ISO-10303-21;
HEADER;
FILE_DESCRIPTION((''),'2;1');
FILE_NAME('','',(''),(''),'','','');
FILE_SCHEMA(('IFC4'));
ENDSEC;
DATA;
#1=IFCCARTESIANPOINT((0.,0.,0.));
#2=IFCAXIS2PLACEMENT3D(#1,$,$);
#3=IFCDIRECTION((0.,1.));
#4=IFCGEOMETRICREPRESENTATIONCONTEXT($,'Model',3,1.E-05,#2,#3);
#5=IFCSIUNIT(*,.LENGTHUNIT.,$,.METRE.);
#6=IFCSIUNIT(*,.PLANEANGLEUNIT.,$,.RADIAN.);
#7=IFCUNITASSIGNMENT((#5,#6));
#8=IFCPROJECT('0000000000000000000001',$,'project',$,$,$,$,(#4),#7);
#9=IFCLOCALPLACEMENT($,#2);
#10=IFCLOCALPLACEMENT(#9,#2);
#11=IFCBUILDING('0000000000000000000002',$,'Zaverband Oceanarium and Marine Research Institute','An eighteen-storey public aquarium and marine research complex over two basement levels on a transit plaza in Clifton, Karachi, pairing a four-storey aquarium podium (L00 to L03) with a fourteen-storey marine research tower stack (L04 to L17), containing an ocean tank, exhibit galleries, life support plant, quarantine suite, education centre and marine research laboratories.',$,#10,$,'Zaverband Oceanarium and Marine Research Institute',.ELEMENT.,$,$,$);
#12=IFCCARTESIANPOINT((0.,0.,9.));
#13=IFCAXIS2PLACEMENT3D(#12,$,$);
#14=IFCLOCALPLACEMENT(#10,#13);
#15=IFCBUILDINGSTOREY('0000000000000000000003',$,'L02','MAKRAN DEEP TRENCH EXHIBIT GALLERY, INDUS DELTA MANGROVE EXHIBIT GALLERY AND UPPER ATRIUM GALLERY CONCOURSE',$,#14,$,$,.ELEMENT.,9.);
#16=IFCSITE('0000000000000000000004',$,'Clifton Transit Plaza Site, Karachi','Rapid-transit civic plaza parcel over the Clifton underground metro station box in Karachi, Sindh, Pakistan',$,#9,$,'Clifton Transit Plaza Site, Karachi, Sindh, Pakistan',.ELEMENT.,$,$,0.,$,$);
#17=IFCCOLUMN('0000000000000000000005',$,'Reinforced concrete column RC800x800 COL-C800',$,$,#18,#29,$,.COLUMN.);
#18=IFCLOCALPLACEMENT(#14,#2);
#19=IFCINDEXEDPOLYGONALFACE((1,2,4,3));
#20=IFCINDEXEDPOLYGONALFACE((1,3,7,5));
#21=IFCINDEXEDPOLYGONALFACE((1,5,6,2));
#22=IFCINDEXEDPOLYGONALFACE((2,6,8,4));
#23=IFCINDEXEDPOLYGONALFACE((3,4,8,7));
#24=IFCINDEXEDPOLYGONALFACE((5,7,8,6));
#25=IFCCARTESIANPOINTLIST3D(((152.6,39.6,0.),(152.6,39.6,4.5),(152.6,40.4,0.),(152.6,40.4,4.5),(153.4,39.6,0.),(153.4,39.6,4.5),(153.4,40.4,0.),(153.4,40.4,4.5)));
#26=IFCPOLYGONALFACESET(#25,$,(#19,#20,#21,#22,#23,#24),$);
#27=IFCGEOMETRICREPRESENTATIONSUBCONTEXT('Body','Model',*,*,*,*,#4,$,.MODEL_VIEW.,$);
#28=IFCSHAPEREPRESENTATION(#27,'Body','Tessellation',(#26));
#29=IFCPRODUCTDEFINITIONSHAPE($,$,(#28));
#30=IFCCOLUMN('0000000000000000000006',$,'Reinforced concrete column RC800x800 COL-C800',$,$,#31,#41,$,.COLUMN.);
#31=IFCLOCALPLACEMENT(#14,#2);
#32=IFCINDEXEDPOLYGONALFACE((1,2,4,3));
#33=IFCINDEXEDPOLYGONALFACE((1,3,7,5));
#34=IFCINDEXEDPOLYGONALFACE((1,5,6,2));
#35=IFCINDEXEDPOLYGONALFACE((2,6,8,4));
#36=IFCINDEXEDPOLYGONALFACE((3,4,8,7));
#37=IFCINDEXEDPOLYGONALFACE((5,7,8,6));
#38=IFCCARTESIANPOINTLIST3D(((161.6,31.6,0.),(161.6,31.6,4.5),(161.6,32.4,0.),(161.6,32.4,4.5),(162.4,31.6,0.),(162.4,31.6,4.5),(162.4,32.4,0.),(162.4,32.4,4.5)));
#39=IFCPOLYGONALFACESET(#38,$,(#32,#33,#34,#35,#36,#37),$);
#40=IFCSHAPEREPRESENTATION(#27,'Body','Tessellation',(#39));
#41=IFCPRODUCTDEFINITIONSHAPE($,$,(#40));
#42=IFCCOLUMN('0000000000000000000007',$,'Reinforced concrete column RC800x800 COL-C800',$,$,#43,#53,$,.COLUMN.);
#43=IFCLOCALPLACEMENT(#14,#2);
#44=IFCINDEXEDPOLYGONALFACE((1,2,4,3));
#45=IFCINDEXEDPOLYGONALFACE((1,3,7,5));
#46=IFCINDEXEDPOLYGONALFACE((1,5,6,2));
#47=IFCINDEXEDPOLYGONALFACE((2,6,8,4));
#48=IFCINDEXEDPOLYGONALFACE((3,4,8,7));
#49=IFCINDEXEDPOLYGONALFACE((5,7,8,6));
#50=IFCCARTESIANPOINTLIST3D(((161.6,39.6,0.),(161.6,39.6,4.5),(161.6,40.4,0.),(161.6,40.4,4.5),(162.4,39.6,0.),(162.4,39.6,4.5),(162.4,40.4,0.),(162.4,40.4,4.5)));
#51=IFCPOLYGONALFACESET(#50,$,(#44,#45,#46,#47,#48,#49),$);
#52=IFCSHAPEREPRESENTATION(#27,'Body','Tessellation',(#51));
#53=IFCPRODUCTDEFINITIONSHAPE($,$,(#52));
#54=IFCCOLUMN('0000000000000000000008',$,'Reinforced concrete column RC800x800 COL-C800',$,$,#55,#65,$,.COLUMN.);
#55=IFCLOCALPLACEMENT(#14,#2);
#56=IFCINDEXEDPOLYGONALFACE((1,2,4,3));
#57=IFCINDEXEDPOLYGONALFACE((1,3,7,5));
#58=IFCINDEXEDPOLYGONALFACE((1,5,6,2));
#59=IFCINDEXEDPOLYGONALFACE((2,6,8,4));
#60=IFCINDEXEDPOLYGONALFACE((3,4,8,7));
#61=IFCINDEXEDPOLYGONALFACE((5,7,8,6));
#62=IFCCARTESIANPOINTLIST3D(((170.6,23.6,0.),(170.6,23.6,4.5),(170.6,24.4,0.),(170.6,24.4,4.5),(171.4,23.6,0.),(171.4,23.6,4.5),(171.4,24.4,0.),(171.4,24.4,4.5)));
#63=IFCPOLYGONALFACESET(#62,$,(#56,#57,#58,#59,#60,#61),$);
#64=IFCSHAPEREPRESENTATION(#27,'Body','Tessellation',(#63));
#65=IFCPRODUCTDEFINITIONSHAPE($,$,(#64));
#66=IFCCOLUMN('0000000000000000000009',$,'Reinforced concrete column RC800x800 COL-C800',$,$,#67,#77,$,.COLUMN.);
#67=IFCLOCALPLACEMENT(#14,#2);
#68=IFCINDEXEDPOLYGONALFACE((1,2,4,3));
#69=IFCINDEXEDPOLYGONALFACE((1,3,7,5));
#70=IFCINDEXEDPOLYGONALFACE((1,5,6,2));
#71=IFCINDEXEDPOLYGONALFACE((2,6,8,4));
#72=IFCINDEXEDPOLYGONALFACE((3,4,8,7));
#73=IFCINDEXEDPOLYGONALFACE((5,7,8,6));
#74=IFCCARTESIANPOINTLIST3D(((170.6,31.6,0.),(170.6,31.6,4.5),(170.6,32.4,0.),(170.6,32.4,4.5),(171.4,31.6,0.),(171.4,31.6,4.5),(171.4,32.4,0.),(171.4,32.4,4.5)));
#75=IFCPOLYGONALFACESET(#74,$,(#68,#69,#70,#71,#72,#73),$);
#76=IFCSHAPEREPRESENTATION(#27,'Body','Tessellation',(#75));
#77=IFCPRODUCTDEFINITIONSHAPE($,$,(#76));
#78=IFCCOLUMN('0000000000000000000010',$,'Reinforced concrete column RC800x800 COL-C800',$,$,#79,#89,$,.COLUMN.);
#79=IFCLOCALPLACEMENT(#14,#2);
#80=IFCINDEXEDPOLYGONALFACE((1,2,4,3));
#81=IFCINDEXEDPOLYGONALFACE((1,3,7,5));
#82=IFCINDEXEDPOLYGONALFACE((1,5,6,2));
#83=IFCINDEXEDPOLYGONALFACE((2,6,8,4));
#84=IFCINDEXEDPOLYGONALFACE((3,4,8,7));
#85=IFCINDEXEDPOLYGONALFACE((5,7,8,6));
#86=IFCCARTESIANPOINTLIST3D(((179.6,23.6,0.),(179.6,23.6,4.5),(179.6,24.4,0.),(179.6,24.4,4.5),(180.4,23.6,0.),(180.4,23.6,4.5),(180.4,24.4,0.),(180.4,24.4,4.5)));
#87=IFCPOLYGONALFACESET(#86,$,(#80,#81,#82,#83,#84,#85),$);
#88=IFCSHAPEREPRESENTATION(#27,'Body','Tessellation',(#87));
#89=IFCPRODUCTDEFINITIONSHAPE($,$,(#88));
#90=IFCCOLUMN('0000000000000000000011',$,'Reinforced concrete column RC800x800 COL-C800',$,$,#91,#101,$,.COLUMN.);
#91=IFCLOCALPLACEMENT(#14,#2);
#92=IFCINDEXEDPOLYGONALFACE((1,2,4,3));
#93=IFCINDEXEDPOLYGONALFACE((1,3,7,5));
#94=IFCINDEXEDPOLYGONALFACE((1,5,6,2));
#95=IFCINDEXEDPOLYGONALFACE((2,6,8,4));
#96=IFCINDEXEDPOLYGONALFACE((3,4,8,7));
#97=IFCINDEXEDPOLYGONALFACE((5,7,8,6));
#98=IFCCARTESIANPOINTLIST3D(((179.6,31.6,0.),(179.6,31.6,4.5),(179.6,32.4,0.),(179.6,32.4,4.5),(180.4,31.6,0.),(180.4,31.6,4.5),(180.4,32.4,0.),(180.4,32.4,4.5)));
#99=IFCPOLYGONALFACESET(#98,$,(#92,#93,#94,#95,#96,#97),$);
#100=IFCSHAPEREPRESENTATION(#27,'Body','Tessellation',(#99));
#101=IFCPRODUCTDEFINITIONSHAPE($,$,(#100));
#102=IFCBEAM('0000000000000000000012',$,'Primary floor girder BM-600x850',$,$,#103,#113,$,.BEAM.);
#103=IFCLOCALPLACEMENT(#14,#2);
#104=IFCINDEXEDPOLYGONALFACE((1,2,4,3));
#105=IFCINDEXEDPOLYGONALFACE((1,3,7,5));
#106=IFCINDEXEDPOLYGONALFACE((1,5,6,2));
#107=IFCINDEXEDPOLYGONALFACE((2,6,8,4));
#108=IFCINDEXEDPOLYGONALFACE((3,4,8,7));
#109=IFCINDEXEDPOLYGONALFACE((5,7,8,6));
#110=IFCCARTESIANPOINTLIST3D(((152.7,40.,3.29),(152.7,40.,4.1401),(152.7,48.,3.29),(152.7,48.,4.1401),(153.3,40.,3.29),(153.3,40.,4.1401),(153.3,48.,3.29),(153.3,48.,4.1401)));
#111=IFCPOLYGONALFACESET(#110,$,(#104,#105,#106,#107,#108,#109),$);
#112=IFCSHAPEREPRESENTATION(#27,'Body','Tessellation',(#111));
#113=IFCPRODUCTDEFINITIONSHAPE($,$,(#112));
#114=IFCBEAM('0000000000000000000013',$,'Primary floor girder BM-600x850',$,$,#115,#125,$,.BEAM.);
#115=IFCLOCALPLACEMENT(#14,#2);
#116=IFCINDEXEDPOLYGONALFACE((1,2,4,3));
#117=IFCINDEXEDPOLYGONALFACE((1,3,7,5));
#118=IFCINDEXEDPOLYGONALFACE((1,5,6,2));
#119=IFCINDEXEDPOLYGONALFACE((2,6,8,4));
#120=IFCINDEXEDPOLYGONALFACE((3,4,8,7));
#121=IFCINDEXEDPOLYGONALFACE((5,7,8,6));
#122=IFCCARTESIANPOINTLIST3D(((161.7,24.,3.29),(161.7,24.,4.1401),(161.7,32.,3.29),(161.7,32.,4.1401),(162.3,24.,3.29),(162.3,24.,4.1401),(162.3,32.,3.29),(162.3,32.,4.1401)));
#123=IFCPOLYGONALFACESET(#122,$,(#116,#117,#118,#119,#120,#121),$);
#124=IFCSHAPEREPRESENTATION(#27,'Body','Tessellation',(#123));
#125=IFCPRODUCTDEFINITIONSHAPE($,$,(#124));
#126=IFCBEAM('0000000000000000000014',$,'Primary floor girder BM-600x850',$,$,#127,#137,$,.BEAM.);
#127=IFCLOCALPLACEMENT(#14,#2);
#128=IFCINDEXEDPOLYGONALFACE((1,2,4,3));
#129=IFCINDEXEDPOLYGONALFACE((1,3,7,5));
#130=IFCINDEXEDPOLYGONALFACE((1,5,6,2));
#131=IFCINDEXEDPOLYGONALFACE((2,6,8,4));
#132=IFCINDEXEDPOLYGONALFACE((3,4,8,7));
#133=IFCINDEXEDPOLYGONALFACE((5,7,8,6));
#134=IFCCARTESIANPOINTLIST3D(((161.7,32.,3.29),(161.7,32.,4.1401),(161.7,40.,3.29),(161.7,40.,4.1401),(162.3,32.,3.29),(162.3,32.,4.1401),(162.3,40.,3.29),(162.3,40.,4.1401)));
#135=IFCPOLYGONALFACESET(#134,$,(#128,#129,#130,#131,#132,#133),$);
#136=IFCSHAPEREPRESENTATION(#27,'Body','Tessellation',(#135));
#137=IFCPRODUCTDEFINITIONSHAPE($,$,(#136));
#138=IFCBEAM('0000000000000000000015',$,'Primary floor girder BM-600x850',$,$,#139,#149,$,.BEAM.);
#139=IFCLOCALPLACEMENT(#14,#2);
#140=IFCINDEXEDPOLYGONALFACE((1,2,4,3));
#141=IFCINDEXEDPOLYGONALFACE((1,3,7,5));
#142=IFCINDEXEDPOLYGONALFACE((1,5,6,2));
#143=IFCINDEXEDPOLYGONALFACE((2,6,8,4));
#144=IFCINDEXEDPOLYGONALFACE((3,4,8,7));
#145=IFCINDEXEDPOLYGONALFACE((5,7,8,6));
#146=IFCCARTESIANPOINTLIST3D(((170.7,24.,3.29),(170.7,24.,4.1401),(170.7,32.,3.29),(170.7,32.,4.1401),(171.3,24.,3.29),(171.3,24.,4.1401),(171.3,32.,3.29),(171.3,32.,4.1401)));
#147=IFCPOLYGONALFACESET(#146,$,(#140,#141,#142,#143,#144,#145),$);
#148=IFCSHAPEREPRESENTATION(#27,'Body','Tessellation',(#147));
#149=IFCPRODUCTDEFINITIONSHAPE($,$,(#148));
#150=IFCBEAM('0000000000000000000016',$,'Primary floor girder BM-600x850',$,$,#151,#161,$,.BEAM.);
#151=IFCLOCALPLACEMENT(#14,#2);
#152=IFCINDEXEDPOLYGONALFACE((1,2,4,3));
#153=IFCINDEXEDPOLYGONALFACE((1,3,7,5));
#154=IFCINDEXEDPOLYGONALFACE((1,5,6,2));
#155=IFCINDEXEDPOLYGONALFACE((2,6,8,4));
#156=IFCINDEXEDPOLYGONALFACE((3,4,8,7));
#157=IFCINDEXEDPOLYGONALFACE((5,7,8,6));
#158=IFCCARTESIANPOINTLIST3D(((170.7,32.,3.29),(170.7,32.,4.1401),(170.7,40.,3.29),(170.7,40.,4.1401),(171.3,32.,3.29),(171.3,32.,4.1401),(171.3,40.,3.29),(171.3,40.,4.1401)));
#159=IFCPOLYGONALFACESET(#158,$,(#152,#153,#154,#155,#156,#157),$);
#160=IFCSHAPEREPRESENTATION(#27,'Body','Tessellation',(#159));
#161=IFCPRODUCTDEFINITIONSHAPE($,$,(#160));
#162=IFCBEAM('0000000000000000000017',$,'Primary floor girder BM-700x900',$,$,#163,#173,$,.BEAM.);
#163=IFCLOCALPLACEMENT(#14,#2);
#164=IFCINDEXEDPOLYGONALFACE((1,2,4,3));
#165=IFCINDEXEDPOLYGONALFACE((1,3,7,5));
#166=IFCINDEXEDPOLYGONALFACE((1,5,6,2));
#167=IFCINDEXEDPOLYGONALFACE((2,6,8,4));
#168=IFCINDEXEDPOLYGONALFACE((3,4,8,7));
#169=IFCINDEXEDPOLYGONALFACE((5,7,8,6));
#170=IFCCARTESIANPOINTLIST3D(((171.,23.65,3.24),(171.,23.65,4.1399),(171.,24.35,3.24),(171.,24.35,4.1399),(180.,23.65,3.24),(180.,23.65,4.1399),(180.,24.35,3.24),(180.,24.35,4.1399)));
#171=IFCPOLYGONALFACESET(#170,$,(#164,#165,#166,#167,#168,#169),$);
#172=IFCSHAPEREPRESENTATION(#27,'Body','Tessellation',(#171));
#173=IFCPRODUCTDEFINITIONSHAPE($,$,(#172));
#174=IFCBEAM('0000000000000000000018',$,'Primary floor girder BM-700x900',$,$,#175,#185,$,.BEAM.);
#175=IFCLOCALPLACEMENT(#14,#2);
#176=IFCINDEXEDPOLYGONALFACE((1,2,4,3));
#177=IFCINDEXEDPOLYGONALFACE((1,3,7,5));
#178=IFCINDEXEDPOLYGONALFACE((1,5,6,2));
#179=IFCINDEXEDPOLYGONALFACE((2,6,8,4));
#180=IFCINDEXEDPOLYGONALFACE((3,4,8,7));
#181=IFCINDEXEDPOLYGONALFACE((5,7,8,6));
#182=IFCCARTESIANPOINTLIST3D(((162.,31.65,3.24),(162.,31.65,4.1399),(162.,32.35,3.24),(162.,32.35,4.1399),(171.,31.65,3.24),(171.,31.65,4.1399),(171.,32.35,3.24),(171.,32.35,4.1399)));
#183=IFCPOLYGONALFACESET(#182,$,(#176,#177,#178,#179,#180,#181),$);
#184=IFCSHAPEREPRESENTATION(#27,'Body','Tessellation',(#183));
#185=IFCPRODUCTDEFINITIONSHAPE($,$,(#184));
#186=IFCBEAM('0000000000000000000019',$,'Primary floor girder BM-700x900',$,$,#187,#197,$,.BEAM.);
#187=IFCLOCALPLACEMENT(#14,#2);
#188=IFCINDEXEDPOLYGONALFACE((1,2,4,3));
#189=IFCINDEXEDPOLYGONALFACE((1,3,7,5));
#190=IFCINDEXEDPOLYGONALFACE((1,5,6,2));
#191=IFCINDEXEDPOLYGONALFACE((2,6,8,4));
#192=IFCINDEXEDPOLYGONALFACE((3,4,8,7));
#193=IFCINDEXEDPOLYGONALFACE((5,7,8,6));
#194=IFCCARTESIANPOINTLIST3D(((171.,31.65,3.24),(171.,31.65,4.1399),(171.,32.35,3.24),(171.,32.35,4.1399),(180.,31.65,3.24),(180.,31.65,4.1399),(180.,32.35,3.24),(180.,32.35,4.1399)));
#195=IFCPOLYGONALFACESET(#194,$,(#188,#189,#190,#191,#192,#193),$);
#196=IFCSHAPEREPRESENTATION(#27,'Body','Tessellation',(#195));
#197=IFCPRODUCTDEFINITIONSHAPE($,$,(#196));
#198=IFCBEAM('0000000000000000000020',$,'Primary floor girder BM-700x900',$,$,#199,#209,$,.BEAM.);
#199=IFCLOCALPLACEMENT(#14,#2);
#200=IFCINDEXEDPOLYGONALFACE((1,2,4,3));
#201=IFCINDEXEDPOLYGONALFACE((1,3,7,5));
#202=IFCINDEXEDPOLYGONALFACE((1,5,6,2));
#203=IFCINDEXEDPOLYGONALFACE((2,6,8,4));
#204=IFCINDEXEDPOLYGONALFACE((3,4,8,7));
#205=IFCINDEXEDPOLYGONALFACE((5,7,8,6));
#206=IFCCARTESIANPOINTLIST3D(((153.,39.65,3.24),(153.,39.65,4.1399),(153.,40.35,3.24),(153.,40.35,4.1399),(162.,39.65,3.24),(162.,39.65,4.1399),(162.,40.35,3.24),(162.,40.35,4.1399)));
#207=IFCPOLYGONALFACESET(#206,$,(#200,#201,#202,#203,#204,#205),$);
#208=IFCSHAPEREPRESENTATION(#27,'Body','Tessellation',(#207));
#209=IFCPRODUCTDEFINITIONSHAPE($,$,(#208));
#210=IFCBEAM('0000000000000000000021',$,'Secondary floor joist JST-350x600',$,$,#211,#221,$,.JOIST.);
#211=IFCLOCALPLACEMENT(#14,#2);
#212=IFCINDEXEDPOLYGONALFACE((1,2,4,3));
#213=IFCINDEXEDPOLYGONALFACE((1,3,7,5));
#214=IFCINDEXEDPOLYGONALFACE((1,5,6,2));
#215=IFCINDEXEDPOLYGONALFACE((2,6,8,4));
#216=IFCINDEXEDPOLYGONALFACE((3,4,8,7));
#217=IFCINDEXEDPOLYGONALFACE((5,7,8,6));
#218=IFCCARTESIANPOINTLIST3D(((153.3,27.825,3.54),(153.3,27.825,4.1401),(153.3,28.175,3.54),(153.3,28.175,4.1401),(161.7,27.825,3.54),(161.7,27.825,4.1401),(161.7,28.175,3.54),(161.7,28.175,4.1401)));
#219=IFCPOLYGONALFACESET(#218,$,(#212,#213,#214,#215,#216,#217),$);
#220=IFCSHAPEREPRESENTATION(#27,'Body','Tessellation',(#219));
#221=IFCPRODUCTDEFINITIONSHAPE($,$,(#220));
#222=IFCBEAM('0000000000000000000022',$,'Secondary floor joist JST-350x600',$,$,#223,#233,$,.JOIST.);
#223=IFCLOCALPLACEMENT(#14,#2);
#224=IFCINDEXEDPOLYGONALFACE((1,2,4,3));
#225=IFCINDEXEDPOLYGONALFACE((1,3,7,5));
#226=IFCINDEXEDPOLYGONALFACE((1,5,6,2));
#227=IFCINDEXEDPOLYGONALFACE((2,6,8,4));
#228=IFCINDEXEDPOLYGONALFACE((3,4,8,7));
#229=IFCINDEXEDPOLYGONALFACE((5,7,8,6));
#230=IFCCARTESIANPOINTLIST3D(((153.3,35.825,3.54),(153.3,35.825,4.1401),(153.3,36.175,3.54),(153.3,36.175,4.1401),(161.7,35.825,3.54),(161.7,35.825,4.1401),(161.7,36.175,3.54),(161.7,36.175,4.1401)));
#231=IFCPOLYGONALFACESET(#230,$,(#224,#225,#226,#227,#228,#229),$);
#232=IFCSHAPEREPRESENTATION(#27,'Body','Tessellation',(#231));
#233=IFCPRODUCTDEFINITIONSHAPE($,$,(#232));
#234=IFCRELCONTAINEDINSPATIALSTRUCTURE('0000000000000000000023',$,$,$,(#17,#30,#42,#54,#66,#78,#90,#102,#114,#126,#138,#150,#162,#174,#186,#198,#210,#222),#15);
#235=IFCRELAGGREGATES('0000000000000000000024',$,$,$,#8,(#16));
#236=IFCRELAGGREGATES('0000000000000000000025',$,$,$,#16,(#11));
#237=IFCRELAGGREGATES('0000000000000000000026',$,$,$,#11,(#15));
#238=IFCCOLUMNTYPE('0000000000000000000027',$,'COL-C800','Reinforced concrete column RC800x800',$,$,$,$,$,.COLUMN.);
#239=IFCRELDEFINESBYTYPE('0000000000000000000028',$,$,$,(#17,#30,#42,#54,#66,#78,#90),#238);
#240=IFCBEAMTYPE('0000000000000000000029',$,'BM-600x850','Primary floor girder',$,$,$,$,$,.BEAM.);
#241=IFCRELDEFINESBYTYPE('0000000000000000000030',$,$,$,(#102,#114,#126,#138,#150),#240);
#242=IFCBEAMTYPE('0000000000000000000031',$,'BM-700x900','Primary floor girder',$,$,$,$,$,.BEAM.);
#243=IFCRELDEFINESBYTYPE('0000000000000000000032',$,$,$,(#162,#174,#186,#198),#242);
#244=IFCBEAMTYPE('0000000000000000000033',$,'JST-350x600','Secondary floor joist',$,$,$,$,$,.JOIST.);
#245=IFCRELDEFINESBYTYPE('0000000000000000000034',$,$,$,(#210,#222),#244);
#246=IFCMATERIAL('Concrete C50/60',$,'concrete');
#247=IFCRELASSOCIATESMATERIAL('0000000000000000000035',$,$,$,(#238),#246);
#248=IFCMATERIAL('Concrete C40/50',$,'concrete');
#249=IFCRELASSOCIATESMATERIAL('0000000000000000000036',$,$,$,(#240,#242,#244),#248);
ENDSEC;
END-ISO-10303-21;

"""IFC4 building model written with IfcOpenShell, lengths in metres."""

from ifc_helpers import new_model, si_unit, direction, frame, origin, origin_2d, place, context, subcontext, project, spatial, rectangle, extrude, material, material_profile, profile_set, type_object, element, save


model = new_model("IFC4")

# Units and contexts
model_context = context("Model", 3, precision=1e-05, world=origin(), true_north=direction((0.0, 1.0)))
body_context = subcontext(model_context, "Body", "Model", "MODEL_VIEW")
ifc_project = project(units=[si_unit("LENGTHUNIT", "METRE"), si_unit("PLANEANGLEUNIT", "RADIAN")], contexts=[model_context])

# Site, building, storey
site_placement = place(None, origin())
site = spatial("IfcSite", under=ifc_project, at=site_placement, Name="Clifton Transit Plaza Site, Karachi", Description="Rapid-transit civic plaza parcel over the Clifton underground metro station box in Karachi, Sindh, Pakistan", LongName="Clifton Transit Plaza Site, Karachi, Sindh, Pakistan", CompositionType="ELEMENT", RefElevation=0.0)
building_placement = place(site_placement, origin())
building = spatial("IfcBuilding", under=site, at=building_placement, Name="Zaverband Oceanarium and Marine Research Institute", Description="An eighteen-storey public aquarium and marine research complex over two basement levels on a transit plaza in Clifton, Karachi, pairing a four-storey aquarium podium (L00 to L03) with a fourteen-storey marine research tower stack (L04 to L17), containing an ocean tank, exhibit galleries, life support plant, quarantine suite, education centre and marine research laboratories.", LongName="Zaverband Oceanarium and Marine Research Institute", CompositionType="ELEMENT")
storey_placement = place(building_placement, frame((0.0, 0.0, 9.0)))
storey = spatial("IfcBuildingStorey", under=building, at=storey_placement, Name="L02", Description="MAKRAN DEEP TRENCH EXHIBIT GALLERY, INDUS DELTA MANGROVE EXHIBIT GALLERY AND UPPER ATRIUM GALLERY CONCOURSE", CompositionType="ELEMENT", Elevation=9.0)

# Columns
ifc_material_1 = material(Name="Concrete C50/60", Category="concrete")
ifc_material_profile_1 = material_profile(ifc_material_1, rectangle(XDim=0.8, YDim=0.8, at=origin_2d()), Name="RC800x800")
ifc_profile_set_1 = profile_set([ifc_material_profile_1], Name="Concrete C50/60")
column_type = type_object("IfcColumnType", Name="COL-C800", Description="Reinforced concrete column RC800x800", PredefinedType="COLUMN", material=ifc_profile_set_1)
for number, where, z_axis, x_axis, name in (
    (1, (153.0, 40.0, 0.0), (0.0, 0.0, 1.0), (1.0, 0.0, 0.0), "Reinforced concrete column RC800x800 COL-C800"),
    (2, (162.0, 32.0, 0.0), (0.0, 0.0, 1.0), (1.0, 0.0, 0.0), "Reinforced concrete column RC800x800 COL-C800"),
    (3, (162.0, 40.0, 0.0), (0.0, 0.0, 1.0), (1.0, 0.0, 0.0), "Reinforced concrete column RC800x800 COL-C800"),
    (4, (171.0, 24.0, 0.0), (0.0, 0.0, 1.0), (1.0, 0.0, 0.0), "Reinforced concrete column RC800x800 COL-C800"),
    (5, (171.0, 32.0, 0.0), (0.0, 0.0, 1.0), (1.0, 0.0, 0.0), "Reinforced concrete column RC800x800 COL-C800"),
    (6, (180.0, 24.0, 0.0), (0.0, 0.0, 1.0), (1.0, 0.0, 0.0), "Reinforced concrete column RC800x800 COL-C800"),
    (7, (180.0, 32.0, 0.0), (0.0, 0.0, 1.0), (1.0, 0.0, 0.0), "Reinforced concrete column RC800x800 COL-C800"),
):
    element("IfcColumn", number, at=place(storey_placement, frame(where, z_axis=z_axis, x_axis=x_axis)), inside=storey, type_object=column_type, Name=name, PredefinedType="COLUMN", context=body_context, shape_type="SweptSolid", body=[
        extrude(rectangle(XDim=0.8, YDim=0.8, at=origin_2d()), origin(), (0.0, 0.0, 1.0), 4.5),
    ])

# Beams
ifc_material_2 = material(Name="Concrete C40/50", Category="concrete")
ifc_material_profile_2 = material_profile(ifc_material_2, rectangle(XDim=0.6001, YDim=0.8501, at=origin_2d()), Name="RC600x850")
ifc_profile_set_2 = profile_set([ifc_material_profile_2], Name="Concrete C40/50")
beam_type_1 = type_object("IfcBeamType", Name="BM-600x850", Description="Primary floor girder", PredefinedType="BEAM", material=ifc_profile_set_2)
for number, where, z_axis, x_axis, name in (
    (8, (153.0, 40.0, 3.7151), (0.0, 1.0, 0.0), (-1.0, 0.0, 0.0), "Primary floor girder BM-600x850"),
    (9, (162.0, 24.0, 3.7151), (0.0, 1.0, 0.0), (-1.0, 0.0, 0.0), "Primary floor girder BM-600x850"),
    (10, (162.0, 32.0, 3.7151), (0.0, 1.0, 0.0), (-1.0, 0.0, 0.0), "Primary floor girder BM-600x850"),
    (11, (171.0, 24.0, 3.7151), (0.0, 1.0, 0.0), (-1.0, 0.0, 0.0), "Primary floor girder BM-600x850"),
    (12, (171.0, 32.0, 3.7151), (0.0, 1.0, 0.0), (-1.0, 0.0, 0.0), "Primary floor girder BM-600x850"),
):
    element("IfcBeam", number, at=place(storey_placement, frame(where, z_axis=z_axis, x_axis=x_axis)), inside=storey, type_object=beam_type_1, Name=name, PredefinedType="BEAM", context=body_context, shape_type="SweptSolid", body=[
        extrude(rectangle(XDim=0.6001, YDim=0.8501, at=origin_2d()), origin(), (0.0, 0.0, 1.0), 8.0),
    ])
ifc_material_profile_3 = material_profile(ifc_material_2, rectangle(XDim=0.7, YDim=0.8999, at=origin_2d()), Name="RC700x900")
ifc_profile_set_3 = profile_set([ifc_material_profile_3], Name="Concrete C40/50")
beam_type_2 = type_object("IfcBeamType", Name="BM-700x900", Description="Primary floor girder", PredefinedType="BEAM", material=ifc_profile_set_3)
for number, where, z_axis, x_axis, name in (
    (13, (171.0, 24.0, 3.6899), (1.0, 0.0, 0.0), (0.0, 1.0, 0.0), "Primary floor girder BM-700x900"),
    (14, (162.0, 32.0, 3.6899), (1.0, 0.0, 0.0), (0.0, 1.0, 0.0), "Primary floor girder BM-700x900"),
    (15, (171.0, 32.0, 3.6899), (1.0, 0.0, 0.0), (0.0, 1.0, 0.0), "Primary floor girder BM-700x900"),
    (16, (153.0, 40.0, 3.6899), (1.0, 0.0, 0.0), (0.0, 1.0, 0.0), "Primary floor girder BM-700x900"),
):
    element("IfcBeam", number, at=place(storey_placement, frame(where, z_axis=z_axis, x_axis=x_axis)), inside=storey, type_object=beam_type_2, Name=name, PredefinedType="BEAM", context=body_context, shape_type="SweptSolid", body=[
        extrude(rectangle(XDim=0.7, YDim=0.8999, at=origin_2d()), origin(), (0.0, 0.0, 1.0), 9.0),
    ])
ifc_material_profile_4 = material_profile(ifc_material_2, rectangle(XDim=0.3501, YDim=0.6001, at=origin_2d()), Name="RC350x600")
ifc_profile_set_4 = profile_set([ifc_material_profile_4], Name="Concrete C40/50")
beam_type_3 = type_object("IfcBeamType", Name="JST-350x600", Description="Secondary floor joist", PredefinedType="JOIST", material=ifc_profile_set_4)
for number, where, z_axis, x_axis, name in (
    (17, (153.3, 28.0, 3.8401), (1.0, 0.0, 0.0), (0.0, 1.0, 0.0), "Secondary floor joist JST-350x600"),
    (18, (153.3, 36.0, 3.8401), (1.0, 0.0, 0.0), (0.0, 1.0, 0.0), "Secondary floor joist JST-350x600"),
):
    element("IfcBeam", number, at=place(storey_placement, frame(where, z_axis=z_axis, x_axis=x_axis)), inside=storey, type_object=beam_type_3, Name=name, PredefinedType="JOIST", context=body_context, shape_type="SweptSolid", body=[
        extrude(rectangle(XDim=0.3501, YDim=0.6001, at=origin_2d()), origin(), (0.0, 0.0, 1.0), 8.3999),
    ])

save(model, "model.ifc")
